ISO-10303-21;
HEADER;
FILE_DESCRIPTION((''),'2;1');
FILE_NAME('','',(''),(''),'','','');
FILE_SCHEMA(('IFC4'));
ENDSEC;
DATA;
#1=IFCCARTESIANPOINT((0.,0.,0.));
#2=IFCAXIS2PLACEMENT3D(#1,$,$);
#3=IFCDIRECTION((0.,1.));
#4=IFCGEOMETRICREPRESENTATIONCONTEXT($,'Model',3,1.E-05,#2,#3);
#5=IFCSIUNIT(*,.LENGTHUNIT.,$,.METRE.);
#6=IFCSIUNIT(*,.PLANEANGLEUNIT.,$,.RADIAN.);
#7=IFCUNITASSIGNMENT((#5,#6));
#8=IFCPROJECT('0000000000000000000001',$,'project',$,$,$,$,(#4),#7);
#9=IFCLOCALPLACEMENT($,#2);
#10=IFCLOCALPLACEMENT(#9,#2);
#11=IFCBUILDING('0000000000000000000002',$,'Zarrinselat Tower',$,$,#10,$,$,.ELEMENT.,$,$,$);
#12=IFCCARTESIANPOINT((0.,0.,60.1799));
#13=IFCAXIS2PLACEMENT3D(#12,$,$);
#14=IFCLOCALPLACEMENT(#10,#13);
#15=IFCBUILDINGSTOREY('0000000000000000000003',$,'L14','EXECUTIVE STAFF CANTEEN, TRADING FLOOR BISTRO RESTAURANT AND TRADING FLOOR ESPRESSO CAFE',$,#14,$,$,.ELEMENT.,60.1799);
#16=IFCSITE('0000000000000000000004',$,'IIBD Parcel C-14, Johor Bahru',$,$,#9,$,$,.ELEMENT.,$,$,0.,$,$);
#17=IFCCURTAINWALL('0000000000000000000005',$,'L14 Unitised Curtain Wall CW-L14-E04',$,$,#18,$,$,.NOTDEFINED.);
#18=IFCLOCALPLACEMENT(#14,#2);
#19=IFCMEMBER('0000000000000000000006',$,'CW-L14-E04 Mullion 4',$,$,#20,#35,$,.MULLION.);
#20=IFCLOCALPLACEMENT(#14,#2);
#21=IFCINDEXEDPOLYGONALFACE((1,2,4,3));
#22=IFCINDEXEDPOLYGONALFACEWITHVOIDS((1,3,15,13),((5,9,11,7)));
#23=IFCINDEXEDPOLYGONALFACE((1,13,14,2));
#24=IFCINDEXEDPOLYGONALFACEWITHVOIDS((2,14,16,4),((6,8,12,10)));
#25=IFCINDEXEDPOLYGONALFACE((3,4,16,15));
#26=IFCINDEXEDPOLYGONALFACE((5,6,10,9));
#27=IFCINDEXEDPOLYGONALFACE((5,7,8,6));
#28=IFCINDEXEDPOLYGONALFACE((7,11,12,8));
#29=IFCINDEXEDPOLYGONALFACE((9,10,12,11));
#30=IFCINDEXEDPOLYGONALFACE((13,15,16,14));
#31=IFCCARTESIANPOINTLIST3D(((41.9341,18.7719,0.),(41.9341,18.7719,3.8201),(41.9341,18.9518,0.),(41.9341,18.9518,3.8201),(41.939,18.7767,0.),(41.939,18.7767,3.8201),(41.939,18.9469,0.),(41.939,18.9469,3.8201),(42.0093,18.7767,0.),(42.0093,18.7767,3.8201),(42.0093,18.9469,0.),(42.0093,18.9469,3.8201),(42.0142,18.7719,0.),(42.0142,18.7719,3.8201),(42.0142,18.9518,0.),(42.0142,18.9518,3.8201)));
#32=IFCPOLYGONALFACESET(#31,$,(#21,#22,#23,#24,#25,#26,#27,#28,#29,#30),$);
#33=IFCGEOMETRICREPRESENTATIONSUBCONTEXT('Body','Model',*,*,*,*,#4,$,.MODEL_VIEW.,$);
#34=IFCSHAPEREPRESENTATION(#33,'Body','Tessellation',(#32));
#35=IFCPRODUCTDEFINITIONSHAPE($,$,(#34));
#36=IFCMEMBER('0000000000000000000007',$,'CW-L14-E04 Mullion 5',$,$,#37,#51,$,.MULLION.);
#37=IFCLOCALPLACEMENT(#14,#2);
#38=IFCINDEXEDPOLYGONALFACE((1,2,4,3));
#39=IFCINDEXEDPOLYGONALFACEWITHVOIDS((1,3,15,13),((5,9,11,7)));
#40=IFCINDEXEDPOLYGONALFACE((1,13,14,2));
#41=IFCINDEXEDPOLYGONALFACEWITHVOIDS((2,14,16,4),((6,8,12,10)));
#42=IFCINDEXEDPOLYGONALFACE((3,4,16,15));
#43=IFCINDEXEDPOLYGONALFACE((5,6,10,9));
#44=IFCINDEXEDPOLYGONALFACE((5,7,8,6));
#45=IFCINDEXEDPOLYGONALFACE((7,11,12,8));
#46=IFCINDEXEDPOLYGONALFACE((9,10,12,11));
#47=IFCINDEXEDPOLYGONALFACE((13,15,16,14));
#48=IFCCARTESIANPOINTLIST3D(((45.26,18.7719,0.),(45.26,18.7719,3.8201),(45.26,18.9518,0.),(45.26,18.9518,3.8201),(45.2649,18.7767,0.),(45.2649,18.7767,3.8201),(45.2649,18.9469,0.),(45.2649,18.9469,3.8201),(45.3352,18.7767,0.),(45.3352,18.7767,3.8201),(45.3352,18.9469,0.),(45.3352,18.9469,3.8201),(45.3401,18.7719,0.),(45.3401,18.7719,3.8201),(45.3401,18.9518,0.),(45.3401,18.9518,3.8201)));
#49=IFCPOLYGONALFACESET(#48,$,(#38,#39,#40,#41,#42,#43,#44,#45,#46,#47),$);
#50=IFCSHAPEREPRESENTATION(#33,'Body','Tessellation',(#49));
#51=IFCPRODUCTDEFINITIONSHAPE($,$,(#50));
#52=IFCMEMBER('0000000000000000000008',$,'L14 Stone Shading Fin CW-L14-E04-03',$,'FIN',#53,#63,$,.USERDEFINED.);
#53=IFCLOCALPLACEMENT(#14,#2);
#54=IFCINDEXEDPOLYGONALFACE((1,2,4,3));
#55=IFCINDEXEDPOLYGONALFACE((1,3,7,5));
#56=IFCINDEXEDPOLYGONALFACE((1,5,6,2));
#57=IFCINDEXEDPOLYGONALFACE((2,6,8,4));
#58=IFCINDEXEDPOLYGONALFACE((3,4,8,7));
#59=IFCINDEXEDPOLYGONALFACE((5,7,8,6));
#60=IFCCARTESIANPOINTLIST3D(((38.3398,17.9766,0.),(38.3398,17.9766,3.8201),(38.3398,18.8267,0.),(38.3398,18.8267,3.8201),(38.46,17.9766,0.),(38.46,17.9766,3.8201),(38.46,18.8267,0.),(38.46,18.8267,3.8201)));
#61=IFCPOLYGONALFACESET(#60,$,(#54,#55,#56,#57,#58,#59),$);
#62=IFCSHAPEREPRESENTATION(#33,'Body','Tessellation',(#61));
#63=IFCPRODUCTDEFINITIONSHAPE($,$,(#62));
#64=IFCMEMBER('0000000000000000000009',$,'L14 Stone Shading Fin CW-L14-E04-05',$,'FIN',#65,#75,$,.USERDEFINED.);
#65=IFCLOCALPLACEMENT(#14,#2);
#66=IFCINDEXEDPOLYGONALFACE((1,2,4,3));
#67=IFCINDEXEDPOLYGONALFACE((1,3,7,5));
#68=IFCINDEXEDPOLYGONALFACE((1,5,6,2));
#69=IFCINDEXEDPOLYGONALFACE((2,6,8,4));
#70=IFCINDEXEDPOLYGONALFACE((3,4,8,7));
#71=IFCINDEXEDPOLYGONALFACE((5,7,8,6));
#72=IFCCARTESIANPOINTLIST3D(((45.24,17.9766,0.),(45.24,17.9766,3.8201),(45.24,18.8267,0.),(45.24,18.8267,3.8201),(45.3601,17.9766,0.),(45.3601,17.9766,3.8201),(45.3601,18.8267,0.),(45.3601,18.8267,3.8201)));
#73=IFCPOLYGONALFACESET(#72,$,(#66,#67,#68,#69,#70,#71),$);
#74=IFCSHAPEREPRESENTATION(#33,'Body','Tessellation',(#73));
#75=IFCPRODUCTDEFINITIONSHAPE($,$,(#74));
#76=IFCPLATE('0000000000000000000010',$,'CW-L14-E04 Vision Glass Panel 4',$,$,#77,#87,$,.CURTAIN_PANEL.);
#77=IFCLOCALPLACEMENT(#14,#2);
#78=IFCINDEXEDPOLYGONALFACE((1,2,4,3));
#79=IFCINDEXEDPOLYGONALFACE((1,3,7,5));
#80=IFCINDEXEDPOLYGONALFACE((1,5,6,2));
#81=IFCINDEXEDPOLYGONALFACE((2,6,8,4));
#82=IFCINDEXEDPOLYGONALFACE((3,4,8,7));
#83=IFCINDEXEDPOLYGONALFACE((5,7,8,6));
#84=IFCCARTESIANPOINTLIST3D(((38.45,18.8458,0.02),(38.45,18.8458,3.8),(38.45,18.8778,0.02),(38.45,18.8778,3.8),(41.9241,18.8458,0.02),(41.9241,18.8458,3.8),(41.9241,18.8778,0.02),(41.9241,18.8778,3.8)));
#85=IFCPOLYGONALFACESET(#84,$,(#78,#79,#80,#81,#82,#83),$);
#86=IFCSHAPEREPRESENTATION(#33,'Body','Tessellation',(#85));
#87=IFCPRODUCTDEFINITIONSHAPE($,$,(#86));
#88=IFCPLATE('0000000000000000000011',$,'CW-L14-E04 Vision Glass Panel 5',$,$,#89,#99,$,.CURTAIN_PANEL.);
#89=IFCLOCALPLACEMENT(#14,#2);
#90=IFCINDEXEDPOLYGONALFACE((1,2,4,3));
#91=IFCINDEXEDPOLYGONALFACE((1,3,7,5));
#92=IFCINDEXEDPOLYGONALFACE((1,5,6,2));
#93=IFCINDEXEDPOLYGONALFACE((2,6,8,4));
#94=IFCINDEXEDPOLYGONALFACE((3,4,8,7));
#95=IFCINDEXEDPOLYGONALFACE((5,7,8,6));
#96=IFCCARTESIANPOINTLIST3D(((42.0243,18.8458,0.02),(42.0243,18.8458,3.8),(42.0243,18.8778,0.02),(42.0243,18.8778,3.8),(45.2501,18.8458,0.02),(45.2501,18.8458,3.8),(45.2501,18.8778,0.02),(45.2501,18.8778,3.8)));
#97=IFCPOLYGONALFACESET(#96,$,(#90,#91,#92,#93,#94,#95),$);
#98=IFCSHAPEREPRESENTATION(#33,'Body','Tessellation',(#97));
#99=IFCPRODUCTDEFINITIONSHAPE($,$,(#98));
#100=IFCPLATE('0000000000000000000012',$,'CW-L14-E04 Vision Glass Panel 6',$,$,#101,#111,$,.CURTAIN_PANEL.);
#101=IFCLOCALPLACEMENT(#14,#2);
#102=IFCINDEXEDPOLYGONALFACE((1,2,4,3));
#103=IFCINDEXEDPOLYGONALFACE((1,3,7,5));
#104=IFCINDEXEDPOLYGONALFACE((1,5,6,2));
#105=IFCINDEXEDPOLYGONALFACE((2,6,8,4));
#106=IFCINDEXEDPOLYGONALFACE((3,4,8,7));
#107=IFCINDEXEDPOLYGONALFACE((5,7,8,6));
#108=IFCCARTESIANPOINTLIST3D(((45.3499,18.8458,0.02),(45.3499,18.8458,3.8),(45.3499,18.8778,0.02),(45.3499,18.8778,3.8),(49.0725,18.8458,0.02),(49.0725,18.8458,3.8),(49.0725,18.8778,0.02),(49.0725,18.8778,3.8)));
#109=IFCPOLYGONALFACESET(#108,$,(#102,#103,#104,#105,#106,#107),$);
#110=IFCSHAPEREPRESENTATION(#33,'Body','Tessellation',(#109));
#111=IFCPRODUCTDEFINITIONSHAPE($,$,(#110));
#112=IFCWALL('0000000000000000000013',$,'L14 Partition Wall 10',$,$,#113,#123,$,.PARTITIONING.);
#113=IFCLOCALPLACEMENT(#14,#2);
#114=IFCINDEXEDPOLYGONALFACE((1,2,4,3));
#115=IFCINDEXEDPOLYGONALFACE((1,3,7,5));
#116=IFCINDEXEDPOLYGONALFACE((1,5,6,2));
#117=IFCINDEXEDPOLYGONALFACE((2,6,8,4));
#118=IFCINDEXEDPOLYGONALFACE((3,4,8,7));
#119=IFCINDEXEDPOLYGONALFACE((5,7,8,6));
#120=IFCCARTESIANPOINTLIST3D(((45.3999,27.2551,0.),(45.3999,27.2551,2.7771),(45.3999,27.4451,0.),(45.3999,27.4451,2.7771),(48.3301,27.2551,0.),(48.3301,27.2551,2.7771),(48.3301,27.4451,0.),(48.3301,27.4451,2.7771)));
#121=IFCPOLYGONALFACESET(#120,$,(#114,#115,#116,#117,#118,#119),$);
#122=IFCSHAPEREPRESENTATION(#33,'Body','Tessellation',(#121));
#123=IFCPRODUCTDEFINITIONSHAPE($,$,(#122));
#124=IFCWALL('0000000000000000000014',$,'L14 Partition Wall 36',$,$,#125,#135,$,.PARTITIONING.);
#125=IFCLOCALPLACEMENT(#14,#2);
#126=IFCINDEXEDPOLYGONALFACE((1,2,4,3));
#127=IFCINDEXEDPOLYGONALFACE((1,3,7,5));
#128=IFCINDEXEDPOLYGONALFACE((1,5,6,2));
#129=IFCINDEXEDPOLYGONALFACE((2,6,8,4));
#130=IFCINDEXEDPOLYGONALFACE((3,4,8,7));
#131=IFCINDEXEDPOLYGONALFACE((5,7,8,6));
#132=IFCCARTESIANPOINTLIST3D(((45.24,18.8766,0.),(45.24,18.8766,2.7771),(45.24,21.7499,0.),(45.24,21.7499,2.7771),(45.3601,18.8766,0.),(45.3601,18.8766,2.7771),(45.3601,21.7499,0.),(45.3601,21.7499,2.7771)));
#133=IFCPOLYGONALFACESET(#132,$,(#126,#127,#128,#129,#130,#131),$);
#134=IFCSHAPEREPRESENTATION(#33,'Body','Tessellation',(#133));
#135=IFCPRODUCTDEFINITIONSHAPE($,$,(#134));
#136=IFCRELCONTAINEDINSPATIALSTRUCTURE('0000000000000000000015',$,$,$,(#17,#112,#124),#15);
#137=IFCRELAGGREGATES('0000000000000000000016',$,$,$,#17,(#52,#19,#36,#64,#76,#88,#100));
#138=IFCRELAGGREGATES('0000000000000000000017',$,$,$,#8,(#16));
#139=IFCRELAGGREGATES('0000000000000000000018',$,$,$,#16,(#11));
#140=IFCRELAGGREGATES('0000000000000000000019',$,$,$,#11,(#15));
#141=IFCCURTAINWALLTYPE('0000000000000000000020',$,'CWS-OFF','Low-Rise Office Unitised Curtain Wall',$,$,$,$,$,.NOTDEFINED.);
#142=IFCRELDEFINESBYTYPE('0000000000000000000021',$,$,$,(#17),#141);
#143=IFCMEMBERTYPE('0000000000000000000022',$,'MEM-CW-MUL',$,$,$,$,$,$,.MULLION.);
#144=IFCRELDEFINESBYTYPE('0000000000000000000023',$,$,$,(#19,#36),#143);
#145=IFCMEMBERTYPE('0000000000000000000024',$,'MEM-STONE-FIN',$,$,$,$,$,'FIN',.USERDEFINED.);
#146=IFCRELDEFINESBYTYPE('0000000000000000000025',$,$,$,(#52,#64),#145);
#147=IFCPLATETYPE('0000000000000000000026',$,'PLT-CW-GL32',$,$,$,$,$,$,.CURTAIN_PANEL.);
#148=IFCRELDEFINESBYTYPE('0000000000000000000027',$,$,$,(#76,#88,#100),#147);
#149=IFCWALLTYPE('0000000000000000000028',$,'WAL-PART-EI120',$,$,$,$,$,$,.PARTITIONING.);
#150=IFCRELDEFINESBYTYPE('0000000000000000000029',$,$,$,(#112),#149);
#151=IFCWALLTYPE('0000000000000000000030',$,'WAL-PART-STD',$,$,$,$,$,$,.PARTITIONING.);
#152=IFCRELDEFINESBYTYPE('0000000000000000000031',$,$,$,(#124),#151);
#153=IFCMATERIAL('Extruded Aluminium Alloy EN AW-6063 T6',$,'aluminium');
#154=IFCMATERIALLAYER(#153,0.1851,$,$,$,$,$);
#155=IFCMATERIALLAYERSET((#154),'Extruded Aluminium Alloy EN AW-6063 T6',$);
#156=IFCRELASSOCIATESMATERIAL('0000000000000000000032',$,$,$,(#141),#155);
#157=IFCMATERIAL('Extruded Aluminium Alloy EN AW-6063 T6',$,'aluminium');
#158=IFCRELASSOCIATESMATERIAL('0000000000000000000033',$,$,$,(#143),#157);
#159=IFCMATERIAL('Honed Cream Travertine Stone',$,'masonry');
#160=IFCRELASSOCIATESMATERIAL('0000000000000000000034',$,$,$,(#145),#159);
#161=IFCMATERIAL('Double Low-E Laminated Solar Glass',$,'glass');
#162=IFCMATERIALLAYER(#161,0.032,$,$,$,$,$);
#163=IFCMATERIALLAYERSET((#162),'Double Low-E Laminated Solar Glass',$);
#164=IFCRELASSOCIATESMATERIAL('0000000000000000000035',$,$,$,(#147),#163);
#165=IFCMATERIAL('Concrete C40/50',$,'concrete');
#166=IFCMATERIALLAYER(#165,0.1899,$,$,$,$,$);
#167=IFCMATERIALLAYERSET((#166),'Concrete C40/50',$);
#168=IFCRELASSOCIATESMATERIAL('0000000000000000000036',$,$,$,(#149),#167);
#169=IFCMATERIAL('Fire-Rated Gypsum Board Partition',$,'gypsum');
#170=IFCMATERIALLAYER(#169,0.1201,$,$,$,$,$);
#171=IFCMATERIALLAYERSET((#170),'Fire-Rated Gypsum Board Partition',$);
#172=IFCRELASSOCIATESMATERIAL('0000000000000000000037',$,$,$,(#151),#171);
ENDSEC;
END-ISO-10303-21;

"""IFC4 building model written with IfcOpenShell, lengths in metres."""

from ifc_helpers import new_model, si_unit, direction, frame, frame_2d, origin, origin_2d, place, context, subcontext, project, spatial, rectangle, hollow_rectangle, extrude, material, layer, layer_set, material_profile, profile_set, type_object, element, aggregate, save


model = new_model("IFC4")

# Units and contexts
model_context = context("Model", 3, precision=1e-05, world=origin(), true_north=direction((0.0, 1.0)))
body_context = subcontext(model_context, "Body", "Model", "MODEL_VIEW")
ifc_project = project(units=[si_unit("LENGTHUNIT", "METRE"), si_unit("PLANEANGLEUNIT", "RADIAN")], contexts=[model_context])

# Site, building, storey
site_placement = place(None, origin())
site = spatial("IfcSite", under=ifc_project, at=site_placement, Name="IIBD Parcel C-14, Johor Bahru", CompositionType="ELEMENT", RefElevation=0.0)
building_placement = place(site_placement, origin())
building = spatial("IfcBuilding", under=site, at=building_placement, Name="Zarrinselat Tower", CompositionType="ELEMENT")
storey_placement = place(building_placement, frame((0.0, 0.0, 60.1799)))
storey = spatial("IfcBuildingStorey", under=building, at=storey_placement, Name="L14", Description="EXECUTIVE STAFF CANTEEN, TRADING FLOOR BISTRO RESTAURANT AND TRADING FLOOR ESPRESSO CAFE", CompositionType="ELEMENT", Elevation=60.1799)

# Curtain wall, members, plates
ifc_material_1 = material(Name="Extruded Aluminium Alloy EN AW-6063 T6", Category="aluminium")
ifc_layer_1 = layer(ifc_material_1, 0.1851)
ifc_layer_set_1 = layer_set([ifc_layer_1], Name="Extruded Aluminium Alloy EN AW-6063 T6")
curtain_wall_type = type_object("IfcCurtainWallType", Name="CWS-OFF", Description="Low-Rise Office Unitised Curtain Wall", PredefinedType="NOTDEFINED", material=ifc_layer_set_1)
curtain_wall_placement = place(storey_placement, origin())
curtain_wall = element("IfcCurtainWall", 1, at=curtain_wall_placement, inside=storey, type_object=curtain_wall_type, Name="L14 Unitised Curtain Wall CW-L14-E04", PredefinedType="NOTDEFINED")
ifc_material_2 = material(Name="Extruded Aluminium Alloy EN AW-6063 T6", Category="aluminium")
ifc_material_profile_1 = material_profile(ifc_material_2, hollow_rectangle(XDim=0.0801, YDim=0.1799, WallThickness=0.0049, at=origin_2d()), Name="RHS 180x80x5")
ifc_profile_set_1 = profile_set([ifc_material_profile_1], Name="Extruded Aluminium Alloy EN AW-6063 T6")
member_type_1 = type_object("IfcMemberType", Name="MEM-CW-MUL", PredefinedType="MULLION", material=ifc_profile_set_1)
member_1_placement = place(storey_placement, frame((41.9741, 18.8618, 0.0), z_axis=(0.0, 0.0, 1.0), x_axis=(1.0, 0.0, 0.0)))
member_1 = element("IfcMember", 2, at=member_1_placement, type_object=member_type_1, Name="CW-L14-E04 Mullion 4", PredefinedType="MULLION", context=body_context, shape_type="SweptSolid", body=[
    extrude(hollow_rectangle(XDim=0.0801, YDim=0.1799, WallThickness=0.0049, at=origin_2d()), origin(), (0.0, 0.0, 1.0), 3.8201),
])
member_2_placement = place(storey_placement, frame((45.3, 18.8618, 0.0), z_axis=(0.0, 0.0, 1.0), x_axis=(1.0, 0.0, 0.0)))
member_2 = element("IfcMember", 3, at=member_2_placement, type_object=member_type_1, Name="CW-L14-E04 Mullion 5", PredefinedType="MULLION", context=body_context, shape_type="SweptSolid", body=[
    extrude(hollow_rectangle(XDim=0.0801, YDim=0.1799, WallThickness=0.0049, at=origin_2d()), origin(), (0.0, 0.0, 1.0), 3.8201),
])
ifc_material_3 = material(Name="Honed Cream Travertine Stone", Category="masonry")
ifc_material_profile_2 = material_profile(ifc_material_3, rectangle(XDim=0.1201, YDim=0.8501, at=origin_2d()), Name="FIN 850x120")
ifc_profile_set_2 = profile_set([ifc_material_profile_2], Name="Honed Cream Travertine Stone")
member_type_2 = type_object("IfcMemberType", Name="MEM-STONE-FIN", ElementType="FIN", PredefinedType="USERDEFINED", material=ifc_profile_set_2)
member_3_placement = place(storey_placement, frame((38.3999, 18.4016, 0.0), z_axis=(0.0, 0.0, 1.0), x_axis=(-1.0, 0.0, 0.0)))
member_3 = element("IfcMember", 4, at=member_3_placement, type_object=member_type_2, Name="L14 Stone Shading Fin CW-L14-E04-03", ObjectType="FIN", PredefinedType="USERDEFINED", context=body_context, shape_type="SweptSolid", body=[
    extrude(rectangle(XDim=0.1201, YDim=0.8501, at=origin_2d()), origin(), (0.0, 0.0, 1.0), 3.8201),
])
member_4_placement = place(storey_placement, frame((45.3, 18.4016, 0.0), z_axis=(0.0, 0.0, 1.0), x_axis=(-1.0, 0.0, 0.0)))
member_4 = element("IfcMember", 5, at=member_4_placement, type_object=member_type_2, Name="L14 Stone Shading Fin CW-L14-E04-05", ObjectType="FIN", PredefinedType="USERDEFINED", context=body_context, shape_type="SweptSolid", body=[
    extrude(rectangle(XDim=0.1201, YDim=0.8501, at=origin_2d()), origin(), (0.0, 0.0, 1.0), 3.8201),
])
ifc_material_4 = material(Name="Double Low-E Laminated Solar Glass", Category="glass")
ifc_layer_2 = layer(ifc_material_4, 0.032)
ifc_layer_set_2 = layer_set([ifc_layer_2], Name="Double Low-E Laminated Solar Glass")
plate_type = type_object("IfcPlateType", Name="PLT-CW-GL32", PredefinedType="CURTAIN_PANEL", material=ifc_layer_set_2)
plate_1_placement = place(storey_placement, frame((40.187, 18.8618, 0.02), z_axis=(0.0, 0.0, 1.0), x_axis=(1.0, 0.0, 0.0)))
plate_1 = element("IfcPlate", 6, at=plate_1_placement, type_object=plate_type, Name="CW-L14-E04 Vision Glass Panel 4", PredefinedType="CURTAIN_PANEL", context=body_context, shape_type="SweptSolid", body=[
    extrude(rectangle(XDim=3.4741, YDim=0.032, at=origin_2d()), origin(), (0.0, 0.0, 1.0), 3.78),
])
plate_2_placement = place(storey_placement, frame((43.6372, 18.8618, 0.02), z_axis=(0.0, 0.0, 1.0), x_axis=(1.0, 0.0, 0.0)))
plate_2 = element("IfcPlate", 7, at=plate_2_placement, type_object=plate_type, Name="CW-L14-E04 Vision Glass Panel 5", PredefinedType="CURTAIN_PANEL", context=body_context, shape_type="SweptSolid", body=[
    extrude(rectangle(XDim=3.2258, YDim=0.032, at=origin_2d()), origin(), (0.0, 0.0, 1.0), 3.78),
])
plate_3_placement = place(storey_placement, frame((47.2112, 18.8618, 0.02), z_axis=(0.0, 0.0, 1.0), x_axis=(1.0, 0.0, 0.0)))
plate_3 = element("IfcPlate", 8, at=plate_3_placement, type_object=plate_type, Name="CW-L14-E04 Vision Glass Panel 6", PredefinedType="CURTAIN_PANEL", context=body_context, shape_type="SweptSolid", body=[
    extrude(rectangle(XDim=3.7227, YDim=0.032, at=origin_2d()), origin(), (0.0, 0.0, 1.0), 3.78),
])
aggregate(curtain_wall, [member_3, member_1, member_2, member_4, plate_1, plate_2, plate_3])

# Walls
ifc_material_5 = material(Name="Concrete C40/50", Category="concrete")
ifc_layer_3 = layer(ifc_material_5, 0.1899)
ifc_layer_set_3 = layer_set([ifc_layer_3], Name="Concrete C40/50")
wall_type_1 = type_object("IfcWallType", Name="WAL-PART-EI120", PredefinedType="PARTITIONING", material=ifc_layer_set_3)
wall_1_placement = place(storey_placement, frame((45.3999, 27.3501, 0.0), z_axis=(0.0, 0.0, 1.0), x_axis=(1.0, 0.0, 0.0)))
element("IfcWall", 9, at=wall_1_placement, inside=storey, type_object=wall_type_1, Name="L14 Partition Wall 10", PredefinedType="PARTITIONING", context=body_context, shape_type="SweptSolid", body=[
    extrude(rectangle(XDim=2.9302, YDim=0.1899, at=frame_2d((1.4651, 0.0))), origin(), (0.0, 0.0, 1.0), 2.7771),
])
ifc_material_6 = material(Name="Fire-Rated Gypsum Board Partition", Category="gypsum")
ifc_layer_4 = layer(ifc_material_6, 0.1201)
ifc_layer_set_4 = layer_set([ifc_layer_4], Name="Fire-Rated Gypsum Board Partition")
wall_type_2 = type_object("IfcWallType", Name="WAL-PART-STD", PredefinedType="PARTITIONING", material=ifc_layer_set_4)
wall_2_placement = place(storey_placement, frame((45.3, 18.8767, 0.0), z_axis=(0.0, 0.0, 1.0), x_axis=(0.0, 1.0, 0.0)))
element("IfcWall", 10, at=wall_2_placement, inside=storey, type_object=wall_type_2, Name="L14 Partition Wall 36", PredefinedType="PARTITIONING", context=body_context, shape_type="SweptSolid", body=[
    extrude(rectangle(XDim=2.8733, YDim=0.1201, at=frame_2d((1.4365, 0.0))), origin(), (0.0, 0.0, 1.0), 2.7771),
])

save(model, "model.ifc")
